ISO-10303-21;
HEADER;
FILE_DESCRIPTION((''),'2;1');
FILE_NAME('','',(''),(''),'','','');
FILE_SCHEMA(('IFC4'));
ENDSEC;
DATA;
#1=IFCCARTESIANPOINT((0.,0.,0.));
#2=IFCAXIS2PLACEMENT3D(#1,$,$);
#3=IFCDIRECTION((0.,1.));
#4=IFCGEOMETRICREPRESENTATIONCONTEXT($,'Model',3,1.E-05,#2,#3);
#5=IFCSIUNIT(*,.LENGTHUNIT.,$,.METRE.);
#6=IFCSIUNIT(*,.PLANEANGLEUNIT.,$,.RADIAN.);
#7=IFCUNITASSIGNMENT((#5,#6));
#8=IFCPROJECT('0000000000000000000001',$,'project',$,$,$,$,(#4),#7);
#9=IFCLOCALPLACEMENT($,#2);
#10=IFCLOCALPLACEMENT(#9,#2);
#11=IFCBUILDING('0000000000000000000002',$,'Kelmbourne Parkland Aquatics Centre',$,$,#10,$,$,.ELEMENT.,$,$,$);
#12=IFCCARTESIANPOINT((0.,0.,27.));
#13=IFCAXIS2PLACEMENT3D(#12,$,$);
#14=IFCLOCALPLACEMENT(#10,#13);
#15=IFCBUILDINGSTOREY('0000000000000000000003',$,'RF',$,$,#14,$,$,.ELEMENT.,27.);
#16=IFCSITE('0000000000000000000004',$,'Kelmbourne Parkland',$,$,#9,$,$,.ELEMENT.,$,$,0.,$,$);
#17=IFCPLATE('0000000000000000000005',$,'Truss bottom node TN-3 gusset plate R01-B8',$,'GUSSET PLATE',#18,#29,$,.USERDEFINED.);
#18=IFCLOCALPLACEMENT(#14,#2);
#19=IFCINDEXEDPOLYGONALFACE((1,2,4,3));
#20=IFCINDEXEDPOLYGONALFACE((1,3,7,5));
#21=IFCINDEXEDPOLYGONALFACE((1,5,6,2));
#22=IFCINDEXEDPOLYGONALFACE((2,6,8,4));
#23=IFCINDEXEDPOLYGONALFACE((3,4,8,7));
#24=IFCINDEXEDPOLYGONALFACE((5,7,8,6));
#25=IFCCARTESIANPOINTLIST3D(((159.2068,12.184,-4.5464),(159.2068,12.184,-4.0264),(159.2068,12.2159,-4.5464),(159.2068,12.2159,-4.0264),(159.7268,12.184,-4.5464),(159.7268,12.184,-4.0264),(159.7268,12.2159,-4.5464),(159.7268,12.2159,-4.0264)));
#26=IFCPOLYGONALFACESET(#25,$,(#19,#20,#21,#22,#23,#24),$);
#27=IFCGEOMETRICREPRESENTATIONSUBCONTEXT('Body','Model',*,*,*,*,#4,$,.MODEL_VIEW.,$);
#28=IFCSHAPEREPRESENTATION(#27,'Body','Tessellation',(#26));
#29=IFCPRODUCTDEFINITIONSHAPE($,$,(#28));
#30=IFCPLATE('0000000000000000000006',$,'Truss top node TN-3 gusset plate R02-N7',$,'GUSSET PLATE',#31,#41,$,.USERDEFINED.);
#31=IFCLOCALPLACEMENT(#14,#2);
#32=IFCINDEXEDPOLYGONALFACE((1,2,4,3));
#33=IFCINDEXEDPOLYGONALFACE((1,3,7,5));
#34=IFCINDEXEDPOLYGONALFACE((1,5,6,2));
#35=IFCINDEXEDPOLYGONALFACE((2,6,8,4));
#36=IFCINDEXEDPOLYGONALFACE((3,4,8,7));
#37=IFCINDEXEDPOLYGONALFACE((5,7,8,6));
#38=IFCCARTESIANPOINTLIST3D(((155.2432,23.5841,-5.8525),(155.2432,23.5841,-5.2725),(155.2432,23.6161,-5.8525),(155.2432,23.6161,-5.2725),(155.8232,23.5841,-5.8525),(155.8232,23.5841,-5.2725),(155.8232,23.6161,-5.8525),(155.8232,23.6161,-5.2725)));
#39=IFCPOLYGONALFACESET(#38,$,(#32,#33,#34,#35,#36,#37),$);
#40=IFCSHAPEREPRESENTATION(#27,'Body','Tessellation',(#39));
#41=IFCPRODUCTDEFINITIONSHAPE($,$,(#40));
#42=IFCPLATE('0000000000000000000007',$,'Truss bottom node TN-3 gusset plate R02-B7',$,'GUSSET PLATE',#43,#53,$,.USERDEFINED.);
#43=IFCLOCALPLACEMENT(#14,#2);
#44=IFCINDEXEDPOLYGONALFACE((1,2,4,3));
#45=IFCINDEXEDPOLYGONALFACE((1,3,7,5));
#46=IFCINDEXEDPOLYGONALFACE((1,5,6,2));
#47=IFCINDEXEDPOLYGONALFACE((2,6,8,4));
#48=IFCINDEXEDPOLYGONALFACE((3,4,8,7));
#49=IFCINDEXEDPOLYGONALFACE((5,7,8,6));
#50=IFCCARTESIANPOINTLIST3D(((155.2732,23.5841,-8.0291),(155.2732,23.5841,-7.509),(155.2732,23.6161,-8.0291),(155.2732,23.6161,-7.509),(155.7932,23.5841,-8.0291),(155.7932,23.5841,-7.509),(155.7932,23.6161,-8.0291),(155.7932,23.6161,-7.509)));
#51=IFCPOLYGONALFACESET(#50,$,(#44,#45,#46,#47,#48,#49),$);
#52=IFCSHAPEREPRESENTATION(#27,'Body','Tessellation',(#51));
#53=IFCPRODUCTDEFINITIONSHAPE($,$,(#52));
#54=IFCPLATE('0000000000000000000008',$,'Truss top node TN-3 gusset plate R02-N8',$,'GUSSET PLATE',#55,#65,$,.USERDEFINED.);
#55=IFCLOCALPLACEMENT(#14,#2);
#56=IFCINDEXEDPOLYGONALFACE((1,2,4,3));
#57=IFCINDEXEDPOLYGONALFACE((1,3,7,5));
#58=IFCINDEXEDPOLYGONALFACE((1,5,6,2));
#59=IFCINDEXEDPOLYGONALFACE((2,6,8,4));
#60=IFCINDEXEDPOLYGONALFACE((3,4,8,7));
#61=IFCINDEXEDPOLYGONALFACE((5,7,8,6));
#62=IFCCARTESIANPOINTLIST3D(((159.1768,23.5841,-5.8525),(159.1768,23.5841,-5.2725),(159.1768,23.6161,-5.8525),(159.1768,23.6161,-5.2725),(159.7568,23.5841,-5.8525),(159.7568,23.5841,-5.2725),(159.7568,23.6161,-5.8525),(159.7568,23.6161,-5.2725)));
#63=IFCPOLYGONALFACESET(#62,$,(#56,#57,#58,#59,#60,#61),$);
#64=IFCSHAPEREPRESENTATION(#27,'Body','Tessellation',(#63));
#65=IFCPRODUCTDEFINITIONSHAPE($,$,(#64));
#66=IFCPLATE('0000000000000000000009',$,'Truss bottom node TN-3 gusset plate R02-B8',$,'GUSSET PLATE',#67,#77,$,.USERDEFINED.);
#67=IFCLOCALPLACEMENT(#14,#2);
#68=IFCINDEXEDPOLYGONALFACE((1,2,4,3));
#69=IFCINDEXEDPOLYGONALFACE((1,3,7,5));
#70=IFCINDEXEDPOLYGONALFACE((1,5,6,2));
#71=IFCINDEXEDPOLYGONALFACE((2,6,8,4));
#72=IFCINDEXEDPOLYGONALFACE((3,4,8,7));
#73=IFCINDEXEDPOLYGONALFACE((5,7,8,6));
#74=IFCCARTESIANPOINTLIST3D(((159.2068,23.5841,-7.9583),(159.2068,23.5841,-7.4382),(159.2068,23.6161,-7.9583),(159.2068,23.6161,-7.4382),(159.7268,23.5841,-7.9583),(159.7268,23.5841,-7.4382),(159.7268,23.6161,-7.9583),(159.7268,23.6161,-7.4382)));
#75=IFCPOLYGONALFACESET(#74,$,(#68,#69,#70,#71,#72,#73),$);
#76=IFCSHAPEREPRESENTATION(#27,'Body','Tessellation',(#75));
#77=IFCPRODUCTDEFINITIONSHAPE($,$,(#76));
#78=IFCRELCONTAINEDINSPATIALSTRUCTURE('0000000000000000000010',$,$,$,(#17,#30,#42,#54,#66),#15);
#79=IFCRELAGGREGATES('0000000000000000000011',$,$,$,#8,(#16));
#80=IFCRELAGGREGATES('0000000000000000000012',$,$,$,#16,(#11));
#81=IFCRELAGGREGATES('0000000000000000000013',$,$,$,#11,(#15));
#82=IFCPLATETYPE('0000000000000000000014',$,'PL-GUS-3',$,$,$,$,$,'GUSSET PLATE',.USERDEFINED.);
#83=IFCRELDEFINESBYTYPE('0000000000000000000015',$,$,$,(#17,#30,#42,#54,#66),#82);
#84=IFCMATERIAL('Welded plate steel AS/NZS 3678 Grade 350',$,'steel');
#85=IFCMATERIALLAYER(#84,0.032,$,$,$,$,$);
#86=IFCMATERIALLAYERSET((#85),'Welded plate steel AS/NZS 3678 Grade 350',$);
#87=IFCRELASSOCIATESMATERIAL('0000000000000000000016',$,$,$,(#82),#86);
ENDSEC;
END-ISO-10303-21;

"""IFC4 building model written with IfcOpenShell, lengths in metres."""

from ifc_helpers import new_model, si_unit, direction, frame, origin, origin_2d, place, context, subcontext, project, spatial, rectangle, extrude, material, layer, layer_set, type_object, element, save


model = new_model("IFC4")

# Units and contexts
model_context = context("Model", 3, precision=1e-05, world=origin(), true_north=direction((0.0, 1.0)))
body_context = subcontext(model_context, "Body", "Model", "MODEL_VIEW")
ifc_project = project(units=[si_unit("LENGTHUNIT", "METRE"), si_unit("PLANEANGLEUNIT", "RADIAN")], contexts=[model_context])

# Site, building, storey
site_placement = place(None, origin())
site = spatial("IfcSite", under=ifc_project, at=site_placement, Name="Kelmbourne Parkland", CompositionType="ELEMENT", RefElevation=0.0)
building_placement = place(site_placement, origin())
building = spatial("IfcBuilding", under=site, at=building_placement, Name="Kelmbourne Parkland Aquatics Centre", CompositionType="ELEMENT")
storey_placement = place(building_placement, frame((0.0, 0.0, 27.0)))
storey = spatial("IfcBuildingStorey", under=building, at=storey_placement, Name="RF", CompositionType="ELEMENT", Elevation=27.0)

# Shared definitions
ifc_material_1 = material(Name="Welded plate steel AS/NZS 3678 Grade 350", Category="steel")

# Plates
ifc_layer_1 = layer(ifc_material_1, 0.032)
ifc_layer_set_1 = layer_set([ifc_layer_1], Name="Welded plate steel AS/NZS 3678 Grade 350")
plate_type_1 = type_object("IfcPlateType", Name="PL-GUS-3", ElementType="GUSSET PLATE", PredefinedType="USERDEFINED", material=ifc_layer_set_1)
plate_1_placement = place(storey_placement, frame((159.4668, 12.2, -4.5464), z_axis=(0.0, 0.0, 1.0), x_axis=(1.0, 0.0, 0.0)))
element("IfcPlate", 1, at=plate_1_placement, inside=storey, type_object=plate_type_1, Name="Truss bottom node TN-3 gusset plate R01-B8", ObjectType="GUSSET PLATE", PredefinedType="USERDEFINED", context=body_context, shape_type="SweptSolid", body=[
    extrude(rectangle(XDim=0.52, YDim=0.032, at=origin_2d()), origin(), (0.0, 0.0, 1.0), 0.52),
])
plate_2_placement = place(storey_placement, frame((155.5332, 23.6001, -5.8525), z_axis=(0.0, 0.0, 1.0), x_axis=(1.0, 0.0, 0.0)))
element("IfcPlate", 2, at=plate_2_placement, inside=storey, type_object=plate_type_1, Name="Truss top node TN-3 gusset plate R02-N7", ObjectType="GUSSET PLATE", PredefinedType="USERDEFINED", context=body_context, shape_type="SweptSolid", body=[
    extrude(rectangle(XDim=0.5801, YDim=0.032, at=origin_2d()), origin(), (0.0, 0.0, 1.0), 0.5801),
])
plate_3_placement = place(storey_placement, frame((155.5332, 23.6001, -8.0291), z_axis=(0.0, 0.0, 1.0), x_axis=(1.0, 0.0, 0.0)))
element("IfcPlate", 3, at=plate_3_placement, inside=storey, type_object=plate_type_1, Name="Truss bottom node TN-3 gusset plate R02-B7", ObjectType="GUSSET PLATE", PredefinedType="USERDEFINED", context=body_context, shape_type="SweptSolid", body=[
    extrude(rectangle(XDim=0.52, YDim=0.032, at=origin_2d()), origin(), (0.0, 0.0, 1.0), 0.52),
])
plate_4_placement = place(storey_placement, frame((159.4668, 23.6001, -5.8525), z_axis=(0.0, 0.0, 1.0), x_axis=(1.0, 0.0, 0.0)))
element("IfcPlate", 4, at=plate_4_placement, inside=storey, type_object=plate_type_1, Name="Truss top node TN-3 gusset plate R02-N8", ObjectType="GUSSET PLATE", PredefinedType="USERDEFINED", context=body_context, shape_type="SweptSolid", body=[
    extrude(rectangle(XDim=0.5801, YDim=0.032, at=origin_2d()), origin(), (0.0, 0.0, 1.0), 0.5801),
])
plate_5_placement = place(storey_placement, frame((159.4668, 23.6001, -7.9583), z_axis=(0.0, 0.0, 1.0), x_axis=(1.0, 0.0, 0.0)))
element("IfcPlate", 5, at=plate_5_placement, inside=storey, type_object=plate_type_1, Name="Truss bottom node TN-3 gusset plate R02-B8", ObjectType="GUSSET PLATE", PredefinedType="USERDEFINED", context=body_context, shape_type="SweptSolid", body=[
    extrude(rectangle(XDim=0.52, YDim=0.032, at=origin_2d()), origin(), (0.0, 0.0, 1.0), 0.52),
])

save(model, "model.ifc")
